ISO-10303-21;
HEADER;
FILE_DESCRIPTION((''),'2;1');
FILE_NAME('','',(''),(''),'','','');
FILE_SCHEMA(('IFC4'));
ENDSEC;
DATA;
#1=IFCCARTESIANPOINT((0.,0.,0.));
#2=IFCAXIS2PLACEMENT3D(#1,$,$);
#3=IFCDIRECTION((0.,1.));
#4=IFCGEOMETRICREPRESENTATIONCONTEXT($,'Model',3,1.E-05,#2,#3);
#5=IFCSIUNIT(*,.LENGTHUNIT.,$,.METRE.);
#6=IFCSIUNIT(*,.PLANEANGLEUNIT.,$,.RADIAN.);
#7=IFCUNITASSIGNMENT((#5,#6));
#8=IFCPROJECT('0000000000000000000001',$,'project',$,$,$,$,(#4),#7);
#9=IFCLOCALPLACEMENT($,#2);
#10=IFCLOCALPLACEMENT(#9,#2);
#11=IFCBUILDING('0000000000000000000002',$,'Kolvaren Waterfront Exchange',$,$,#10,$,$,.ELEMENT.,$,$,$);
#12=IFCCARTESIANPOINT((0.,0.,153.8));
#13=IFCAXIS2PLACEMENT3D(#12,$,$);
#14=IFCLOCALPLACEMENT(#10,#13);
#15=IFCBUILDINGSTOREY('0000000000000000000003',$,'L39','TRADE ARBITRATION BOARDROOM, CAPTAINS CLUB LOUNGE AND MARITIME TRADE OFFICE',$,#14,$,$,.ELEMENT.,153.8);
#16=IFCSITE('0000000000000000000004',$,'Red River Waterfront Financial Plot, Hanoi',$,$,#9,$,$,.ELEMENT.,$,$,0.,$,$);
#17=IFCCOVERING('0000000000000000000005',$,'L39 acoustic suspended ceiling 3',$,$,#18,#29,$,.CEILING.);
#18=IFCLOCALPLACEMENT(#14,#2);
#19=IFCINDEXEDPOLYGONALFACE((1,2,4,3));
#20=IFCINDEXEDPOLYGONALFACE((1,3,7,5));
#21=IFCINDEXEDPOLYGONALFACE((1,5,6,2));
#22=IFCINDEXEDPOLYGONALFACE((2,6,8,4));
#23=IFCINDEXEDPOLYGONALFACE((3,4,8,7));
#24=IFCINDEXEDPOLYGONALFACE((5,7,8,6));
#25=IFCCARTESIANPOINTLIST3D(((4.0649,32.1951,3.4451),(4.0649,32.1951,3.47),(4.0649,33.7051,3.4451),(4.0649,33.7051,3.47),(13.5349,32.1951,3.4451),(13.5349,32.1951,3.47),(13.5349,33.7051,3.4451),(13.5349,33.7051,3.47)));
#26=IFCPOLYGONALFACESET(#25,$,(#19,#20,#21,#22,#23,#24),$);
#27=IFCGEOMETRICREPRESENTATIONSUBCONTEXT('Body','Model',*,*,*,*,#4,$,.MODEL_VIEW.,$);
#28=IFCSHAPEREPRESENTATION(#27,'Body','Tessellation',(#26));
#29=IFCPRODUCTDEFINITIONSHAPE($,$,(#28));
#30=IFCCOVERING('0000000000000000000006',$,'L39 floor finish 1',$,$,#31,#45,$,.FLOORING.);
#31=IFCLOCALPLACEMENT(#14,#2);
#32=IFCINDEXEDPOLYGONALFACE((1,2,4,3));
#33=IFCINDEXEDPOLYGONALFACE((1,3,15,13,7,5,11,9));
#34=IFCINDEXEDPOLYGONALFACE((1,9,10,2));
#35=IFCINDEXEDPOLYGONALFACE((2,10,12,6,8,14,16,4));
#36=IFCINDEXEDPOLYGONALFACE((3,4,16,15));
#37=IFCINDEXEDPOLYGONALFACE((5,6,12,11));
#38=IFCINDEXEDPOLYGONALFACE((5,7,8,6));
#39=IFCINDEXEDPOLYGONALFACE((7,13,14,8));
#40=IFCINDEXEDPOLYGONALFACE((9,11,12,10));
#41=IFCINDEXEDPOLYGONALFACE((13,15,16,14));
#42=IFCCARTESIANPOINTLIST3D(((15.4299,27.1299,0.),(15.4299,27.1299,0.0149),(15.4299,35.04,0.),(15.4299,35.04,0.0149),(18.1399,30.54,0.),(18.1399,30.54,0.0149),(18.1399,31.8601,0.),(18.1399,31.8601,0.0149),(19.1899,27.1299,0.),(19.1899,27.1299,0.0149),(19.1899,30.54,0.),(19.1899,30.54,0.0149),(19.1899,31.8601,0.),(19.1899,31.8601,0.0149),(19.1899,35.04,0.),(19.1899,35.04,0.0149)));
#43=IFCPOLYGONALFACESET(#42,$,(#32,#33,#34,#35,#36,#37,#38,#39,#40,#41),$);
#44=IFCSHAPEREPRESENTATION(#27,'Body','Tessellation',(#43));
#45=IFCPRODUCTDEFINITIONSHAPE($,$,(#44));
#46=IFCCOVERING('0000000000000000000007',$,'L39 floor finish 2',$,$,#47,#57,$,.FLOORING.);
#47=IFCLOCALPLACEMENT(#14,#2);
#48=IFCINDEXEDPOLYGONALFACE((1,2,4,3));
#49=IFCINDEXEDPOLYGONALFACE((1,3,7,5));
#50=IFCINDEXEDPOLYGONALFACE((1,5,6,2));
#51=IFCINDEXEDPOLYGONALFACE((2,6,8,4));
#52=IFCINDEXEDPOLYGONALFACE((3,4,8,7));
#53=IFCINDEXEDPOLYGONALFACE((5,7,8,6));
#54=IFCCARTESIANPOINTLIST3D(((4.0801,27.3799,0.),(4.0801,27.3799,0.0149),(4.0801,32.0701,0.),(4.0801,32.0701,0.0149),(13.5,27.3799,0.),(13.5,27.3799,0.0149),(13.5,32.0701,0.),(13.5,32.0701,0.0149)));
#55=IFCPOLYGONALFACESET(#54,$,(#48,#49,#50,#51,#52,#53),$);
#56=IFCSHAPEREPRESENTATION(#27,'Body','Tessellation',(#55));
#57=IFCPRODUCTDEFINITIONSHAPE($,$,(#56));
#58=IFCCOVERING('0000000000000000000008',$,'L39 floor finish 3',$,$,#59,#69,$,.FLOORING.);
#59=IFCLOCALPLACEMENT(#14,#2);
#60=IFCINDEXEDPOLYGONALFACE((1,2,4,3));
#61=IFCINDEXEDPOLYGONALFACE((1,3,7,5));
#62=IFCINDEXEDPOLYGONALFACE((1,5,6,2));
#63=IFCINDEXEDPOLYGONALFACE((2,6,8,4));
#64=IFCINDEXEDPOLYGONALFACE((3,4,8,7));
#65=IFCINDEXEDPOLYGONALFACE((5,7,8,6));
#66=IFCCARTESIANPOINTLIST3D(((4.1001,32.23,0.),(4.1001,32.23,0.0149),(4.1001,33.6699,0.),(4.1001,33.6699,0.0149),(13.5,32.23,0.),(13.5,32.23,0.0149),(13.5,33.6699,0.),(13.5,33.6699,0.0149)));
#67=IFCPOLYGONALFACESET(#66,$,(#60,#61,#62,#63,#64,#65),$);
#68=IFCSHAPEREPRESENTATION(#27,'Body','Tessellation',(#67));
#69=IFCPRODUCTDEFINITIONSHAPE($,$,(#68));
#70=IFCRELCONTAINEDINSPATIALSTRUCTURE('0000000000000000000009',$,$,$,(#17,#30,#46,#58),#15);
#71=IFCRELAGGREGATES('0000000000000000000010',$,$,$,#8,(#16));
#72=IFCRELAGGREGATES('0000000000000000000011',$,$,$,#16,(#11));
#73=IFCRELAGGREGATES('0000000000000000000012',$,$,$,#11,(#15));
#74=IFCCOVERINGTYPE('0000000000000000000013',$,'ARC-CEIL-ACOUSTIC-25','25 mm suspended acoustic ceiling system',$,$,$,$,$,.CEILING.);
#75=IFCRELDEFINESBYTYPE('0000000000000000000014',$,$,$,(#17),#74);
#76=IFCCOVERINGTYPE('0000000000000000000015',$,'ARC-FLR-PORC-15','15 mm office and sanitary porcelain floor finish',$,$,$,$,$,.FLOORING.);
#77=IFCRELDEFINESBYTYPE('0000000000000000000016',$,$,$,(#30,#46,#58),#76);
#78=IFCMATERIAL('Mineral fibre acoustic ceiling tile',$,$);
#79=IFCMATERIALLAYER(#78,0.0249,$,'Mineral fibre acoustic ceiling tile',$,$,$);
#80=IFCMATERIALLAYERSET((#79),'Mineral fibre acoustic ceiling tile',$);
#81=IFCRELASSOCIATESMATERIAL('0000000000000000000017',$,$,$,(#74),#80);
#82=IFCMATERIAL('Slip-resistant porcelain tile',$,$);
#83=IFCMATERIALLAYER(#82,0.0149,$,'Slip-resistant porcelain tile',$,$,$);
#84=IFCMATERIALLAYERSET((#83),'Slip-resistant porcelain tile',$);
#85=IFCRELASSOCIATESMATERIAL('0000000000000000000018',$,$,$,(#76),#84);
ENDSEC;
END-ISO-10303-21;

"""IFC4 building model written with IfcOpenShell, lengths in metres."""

from ifc_helpers import new_model, si_unit, direction, frame, origin, place, context, subcontext, project, spatial, polyline, outline, extrude, material, layer, layer_set, type_object, element, save


model = new_model("IFC4")

# Units and contexts
model_context = context("Model", 3, precision=1e-05, world=origin(), true_north=direction((0.0, 1.0)))
body_context = subcontext(model_context, "Body", "Model", "MODEL_VIEW")
ifc_project = project(units=[si_unit("LENGTHUNIT", "METRE"), si_unit("PLANEANGLEUNIT", "RADIAN")], contexts=[model_context])

# Site, building, storey
site_placement = place(None, origin())
site = spatial("IfcSite", under=ifc_project, at=site_placement, Name="Red River Waterfront Financial Plot, Hanoi", CompositionType="ELEMENT", RefElevation=0.0)
building_placement = place(site_placement, origin())
building = spatial("IfcBuilding", under=site, at=building_placement, Name="Kolvaren Waterfront Exchange", CompositionType="ELEMENT")
storey_placement = place(building_placement, frame((0.0, 0.0, 153.8)))
storey = spatial("IfcBuildingStorey", under=building, at=storey_placement, Name="L39", Description="TRADE ARBITRATION BOARDROOM, CAPTAINS CLUB LOUNGE AND MARITIME TRADE OFFICE", CompositionType="ELEMENT", Elevation=153.8)

# Coverings
ifc_material_1 = material(Name="Mineral fibre acoustic ceiling tile")
ifc_layer_1 = layer(ifc_material_1, 0.0249, Name="Mineral fibre acoustic ceiling tile")
ifc_layer_set_1 = layer_set([ifc_layer_1], Name="Mineral fibre acoustic ceiling tile")
covering_type_1 = type_object("IfcCoveringType", Name="ARC-CEIL-ACOUSTIC-25", Description="25 mm suspended acoustic ceiling system", PredefinedType="CEILING", material=ifc_layer_set_1)
covering_1_placement = place(storey_placement, frame((0.0, 0.0, 3.4451)))
element("IfcCovering", 1, at=covering_1_placement, inside=storey, type_object=covering_type_1, Name="L39 acoustic suspended ceiling 3", PredefinedType="CEILING", context=body_context, shape_type="SweptSolid", body=[
    extrude(outline(polyline([(13.5349, 32.1951), (13.5349, 33.7051), (4.0649, 33.7051), (4.0649, 32.1951), (13.5349, 32.1951)])), origin(), (0.0, 0.0, 1.0), 0.0249),
])
ifc_material_2 = material(Name="Slip-resistant porcelain tile")
ifc_layer_2 = layer(ifc_material_2, 0.0149, Name="Slip-resistant porcelain tile")
ifc_layer_set_2 = layer_set([ifc_layer_2], Name="Slip-resistant porcelain tile")
covering_type_2 = type_object("IfcCoveringType", Name="ARC-FLR-PORC-15", Description="15 mm office and sanitary porcelain floor finish", PredefinedType="FLOORING", material=ifc_layer_set_2)
covering_2_placement = place(storey_placement, origin())
element("IfcCovering", 2, at=covering_2_placement, inside=storey, type_object=covering_type_2, Name="L39 floor finish 1", PredefinedType="FLOORING", context=body_context, shape_type="SweptSolid", body=[
    extrude(outline(polyline([(15.4299, 35.04), (15.4299, 27.1299), (19.1899, 27.1299), (19.1899, 30.54), (18.1399, 30.54), (18.1399, 31.8601), (19.1899, 31.8601), (19.1899, 35.04), (15.4299, 35.04)])), origin(), (0.0, 0.0, 1.0), 0.0149),
])
covering_3_placement = place(storey_placement, origin())
element("IfcCovering", 3, at=covering_3_placement, inside=storey, type_object=covering_type_2, Name="L39 floor finish 2", PredefinedType="FLOORING", context=body_context, shape_type="SweptSolid", body=[
    extrude(outline(polyline([(4.0801, 32.0701), (4.0801, 27.3799), (13.5, 27.3799), (13.5, 32.0701), (4.0801, 32.0701)])), origin(), (0.0, 0.0, 1.0), 0.0149),
])
covering_4_placement = place(storey_placement, origin())
element("IfcCovering", 4, at=covering_4_placement, inside=storey, type_object=covering_type_2, Name="L39 floor finish 3", PredefinedType="FLOORING", context=body_context, shape_type="SweptSolid", body=[
    extrude(outline(polyline([(4.1001, 33.6699), (4.1001, 32.23), (13.5, 32.23), (13.5, 33.6699), (4.1001, 33.6699)])), origin(), (0.0, 0.0, 1.0), 0.0149),
])

save(model, "model.ifc")
